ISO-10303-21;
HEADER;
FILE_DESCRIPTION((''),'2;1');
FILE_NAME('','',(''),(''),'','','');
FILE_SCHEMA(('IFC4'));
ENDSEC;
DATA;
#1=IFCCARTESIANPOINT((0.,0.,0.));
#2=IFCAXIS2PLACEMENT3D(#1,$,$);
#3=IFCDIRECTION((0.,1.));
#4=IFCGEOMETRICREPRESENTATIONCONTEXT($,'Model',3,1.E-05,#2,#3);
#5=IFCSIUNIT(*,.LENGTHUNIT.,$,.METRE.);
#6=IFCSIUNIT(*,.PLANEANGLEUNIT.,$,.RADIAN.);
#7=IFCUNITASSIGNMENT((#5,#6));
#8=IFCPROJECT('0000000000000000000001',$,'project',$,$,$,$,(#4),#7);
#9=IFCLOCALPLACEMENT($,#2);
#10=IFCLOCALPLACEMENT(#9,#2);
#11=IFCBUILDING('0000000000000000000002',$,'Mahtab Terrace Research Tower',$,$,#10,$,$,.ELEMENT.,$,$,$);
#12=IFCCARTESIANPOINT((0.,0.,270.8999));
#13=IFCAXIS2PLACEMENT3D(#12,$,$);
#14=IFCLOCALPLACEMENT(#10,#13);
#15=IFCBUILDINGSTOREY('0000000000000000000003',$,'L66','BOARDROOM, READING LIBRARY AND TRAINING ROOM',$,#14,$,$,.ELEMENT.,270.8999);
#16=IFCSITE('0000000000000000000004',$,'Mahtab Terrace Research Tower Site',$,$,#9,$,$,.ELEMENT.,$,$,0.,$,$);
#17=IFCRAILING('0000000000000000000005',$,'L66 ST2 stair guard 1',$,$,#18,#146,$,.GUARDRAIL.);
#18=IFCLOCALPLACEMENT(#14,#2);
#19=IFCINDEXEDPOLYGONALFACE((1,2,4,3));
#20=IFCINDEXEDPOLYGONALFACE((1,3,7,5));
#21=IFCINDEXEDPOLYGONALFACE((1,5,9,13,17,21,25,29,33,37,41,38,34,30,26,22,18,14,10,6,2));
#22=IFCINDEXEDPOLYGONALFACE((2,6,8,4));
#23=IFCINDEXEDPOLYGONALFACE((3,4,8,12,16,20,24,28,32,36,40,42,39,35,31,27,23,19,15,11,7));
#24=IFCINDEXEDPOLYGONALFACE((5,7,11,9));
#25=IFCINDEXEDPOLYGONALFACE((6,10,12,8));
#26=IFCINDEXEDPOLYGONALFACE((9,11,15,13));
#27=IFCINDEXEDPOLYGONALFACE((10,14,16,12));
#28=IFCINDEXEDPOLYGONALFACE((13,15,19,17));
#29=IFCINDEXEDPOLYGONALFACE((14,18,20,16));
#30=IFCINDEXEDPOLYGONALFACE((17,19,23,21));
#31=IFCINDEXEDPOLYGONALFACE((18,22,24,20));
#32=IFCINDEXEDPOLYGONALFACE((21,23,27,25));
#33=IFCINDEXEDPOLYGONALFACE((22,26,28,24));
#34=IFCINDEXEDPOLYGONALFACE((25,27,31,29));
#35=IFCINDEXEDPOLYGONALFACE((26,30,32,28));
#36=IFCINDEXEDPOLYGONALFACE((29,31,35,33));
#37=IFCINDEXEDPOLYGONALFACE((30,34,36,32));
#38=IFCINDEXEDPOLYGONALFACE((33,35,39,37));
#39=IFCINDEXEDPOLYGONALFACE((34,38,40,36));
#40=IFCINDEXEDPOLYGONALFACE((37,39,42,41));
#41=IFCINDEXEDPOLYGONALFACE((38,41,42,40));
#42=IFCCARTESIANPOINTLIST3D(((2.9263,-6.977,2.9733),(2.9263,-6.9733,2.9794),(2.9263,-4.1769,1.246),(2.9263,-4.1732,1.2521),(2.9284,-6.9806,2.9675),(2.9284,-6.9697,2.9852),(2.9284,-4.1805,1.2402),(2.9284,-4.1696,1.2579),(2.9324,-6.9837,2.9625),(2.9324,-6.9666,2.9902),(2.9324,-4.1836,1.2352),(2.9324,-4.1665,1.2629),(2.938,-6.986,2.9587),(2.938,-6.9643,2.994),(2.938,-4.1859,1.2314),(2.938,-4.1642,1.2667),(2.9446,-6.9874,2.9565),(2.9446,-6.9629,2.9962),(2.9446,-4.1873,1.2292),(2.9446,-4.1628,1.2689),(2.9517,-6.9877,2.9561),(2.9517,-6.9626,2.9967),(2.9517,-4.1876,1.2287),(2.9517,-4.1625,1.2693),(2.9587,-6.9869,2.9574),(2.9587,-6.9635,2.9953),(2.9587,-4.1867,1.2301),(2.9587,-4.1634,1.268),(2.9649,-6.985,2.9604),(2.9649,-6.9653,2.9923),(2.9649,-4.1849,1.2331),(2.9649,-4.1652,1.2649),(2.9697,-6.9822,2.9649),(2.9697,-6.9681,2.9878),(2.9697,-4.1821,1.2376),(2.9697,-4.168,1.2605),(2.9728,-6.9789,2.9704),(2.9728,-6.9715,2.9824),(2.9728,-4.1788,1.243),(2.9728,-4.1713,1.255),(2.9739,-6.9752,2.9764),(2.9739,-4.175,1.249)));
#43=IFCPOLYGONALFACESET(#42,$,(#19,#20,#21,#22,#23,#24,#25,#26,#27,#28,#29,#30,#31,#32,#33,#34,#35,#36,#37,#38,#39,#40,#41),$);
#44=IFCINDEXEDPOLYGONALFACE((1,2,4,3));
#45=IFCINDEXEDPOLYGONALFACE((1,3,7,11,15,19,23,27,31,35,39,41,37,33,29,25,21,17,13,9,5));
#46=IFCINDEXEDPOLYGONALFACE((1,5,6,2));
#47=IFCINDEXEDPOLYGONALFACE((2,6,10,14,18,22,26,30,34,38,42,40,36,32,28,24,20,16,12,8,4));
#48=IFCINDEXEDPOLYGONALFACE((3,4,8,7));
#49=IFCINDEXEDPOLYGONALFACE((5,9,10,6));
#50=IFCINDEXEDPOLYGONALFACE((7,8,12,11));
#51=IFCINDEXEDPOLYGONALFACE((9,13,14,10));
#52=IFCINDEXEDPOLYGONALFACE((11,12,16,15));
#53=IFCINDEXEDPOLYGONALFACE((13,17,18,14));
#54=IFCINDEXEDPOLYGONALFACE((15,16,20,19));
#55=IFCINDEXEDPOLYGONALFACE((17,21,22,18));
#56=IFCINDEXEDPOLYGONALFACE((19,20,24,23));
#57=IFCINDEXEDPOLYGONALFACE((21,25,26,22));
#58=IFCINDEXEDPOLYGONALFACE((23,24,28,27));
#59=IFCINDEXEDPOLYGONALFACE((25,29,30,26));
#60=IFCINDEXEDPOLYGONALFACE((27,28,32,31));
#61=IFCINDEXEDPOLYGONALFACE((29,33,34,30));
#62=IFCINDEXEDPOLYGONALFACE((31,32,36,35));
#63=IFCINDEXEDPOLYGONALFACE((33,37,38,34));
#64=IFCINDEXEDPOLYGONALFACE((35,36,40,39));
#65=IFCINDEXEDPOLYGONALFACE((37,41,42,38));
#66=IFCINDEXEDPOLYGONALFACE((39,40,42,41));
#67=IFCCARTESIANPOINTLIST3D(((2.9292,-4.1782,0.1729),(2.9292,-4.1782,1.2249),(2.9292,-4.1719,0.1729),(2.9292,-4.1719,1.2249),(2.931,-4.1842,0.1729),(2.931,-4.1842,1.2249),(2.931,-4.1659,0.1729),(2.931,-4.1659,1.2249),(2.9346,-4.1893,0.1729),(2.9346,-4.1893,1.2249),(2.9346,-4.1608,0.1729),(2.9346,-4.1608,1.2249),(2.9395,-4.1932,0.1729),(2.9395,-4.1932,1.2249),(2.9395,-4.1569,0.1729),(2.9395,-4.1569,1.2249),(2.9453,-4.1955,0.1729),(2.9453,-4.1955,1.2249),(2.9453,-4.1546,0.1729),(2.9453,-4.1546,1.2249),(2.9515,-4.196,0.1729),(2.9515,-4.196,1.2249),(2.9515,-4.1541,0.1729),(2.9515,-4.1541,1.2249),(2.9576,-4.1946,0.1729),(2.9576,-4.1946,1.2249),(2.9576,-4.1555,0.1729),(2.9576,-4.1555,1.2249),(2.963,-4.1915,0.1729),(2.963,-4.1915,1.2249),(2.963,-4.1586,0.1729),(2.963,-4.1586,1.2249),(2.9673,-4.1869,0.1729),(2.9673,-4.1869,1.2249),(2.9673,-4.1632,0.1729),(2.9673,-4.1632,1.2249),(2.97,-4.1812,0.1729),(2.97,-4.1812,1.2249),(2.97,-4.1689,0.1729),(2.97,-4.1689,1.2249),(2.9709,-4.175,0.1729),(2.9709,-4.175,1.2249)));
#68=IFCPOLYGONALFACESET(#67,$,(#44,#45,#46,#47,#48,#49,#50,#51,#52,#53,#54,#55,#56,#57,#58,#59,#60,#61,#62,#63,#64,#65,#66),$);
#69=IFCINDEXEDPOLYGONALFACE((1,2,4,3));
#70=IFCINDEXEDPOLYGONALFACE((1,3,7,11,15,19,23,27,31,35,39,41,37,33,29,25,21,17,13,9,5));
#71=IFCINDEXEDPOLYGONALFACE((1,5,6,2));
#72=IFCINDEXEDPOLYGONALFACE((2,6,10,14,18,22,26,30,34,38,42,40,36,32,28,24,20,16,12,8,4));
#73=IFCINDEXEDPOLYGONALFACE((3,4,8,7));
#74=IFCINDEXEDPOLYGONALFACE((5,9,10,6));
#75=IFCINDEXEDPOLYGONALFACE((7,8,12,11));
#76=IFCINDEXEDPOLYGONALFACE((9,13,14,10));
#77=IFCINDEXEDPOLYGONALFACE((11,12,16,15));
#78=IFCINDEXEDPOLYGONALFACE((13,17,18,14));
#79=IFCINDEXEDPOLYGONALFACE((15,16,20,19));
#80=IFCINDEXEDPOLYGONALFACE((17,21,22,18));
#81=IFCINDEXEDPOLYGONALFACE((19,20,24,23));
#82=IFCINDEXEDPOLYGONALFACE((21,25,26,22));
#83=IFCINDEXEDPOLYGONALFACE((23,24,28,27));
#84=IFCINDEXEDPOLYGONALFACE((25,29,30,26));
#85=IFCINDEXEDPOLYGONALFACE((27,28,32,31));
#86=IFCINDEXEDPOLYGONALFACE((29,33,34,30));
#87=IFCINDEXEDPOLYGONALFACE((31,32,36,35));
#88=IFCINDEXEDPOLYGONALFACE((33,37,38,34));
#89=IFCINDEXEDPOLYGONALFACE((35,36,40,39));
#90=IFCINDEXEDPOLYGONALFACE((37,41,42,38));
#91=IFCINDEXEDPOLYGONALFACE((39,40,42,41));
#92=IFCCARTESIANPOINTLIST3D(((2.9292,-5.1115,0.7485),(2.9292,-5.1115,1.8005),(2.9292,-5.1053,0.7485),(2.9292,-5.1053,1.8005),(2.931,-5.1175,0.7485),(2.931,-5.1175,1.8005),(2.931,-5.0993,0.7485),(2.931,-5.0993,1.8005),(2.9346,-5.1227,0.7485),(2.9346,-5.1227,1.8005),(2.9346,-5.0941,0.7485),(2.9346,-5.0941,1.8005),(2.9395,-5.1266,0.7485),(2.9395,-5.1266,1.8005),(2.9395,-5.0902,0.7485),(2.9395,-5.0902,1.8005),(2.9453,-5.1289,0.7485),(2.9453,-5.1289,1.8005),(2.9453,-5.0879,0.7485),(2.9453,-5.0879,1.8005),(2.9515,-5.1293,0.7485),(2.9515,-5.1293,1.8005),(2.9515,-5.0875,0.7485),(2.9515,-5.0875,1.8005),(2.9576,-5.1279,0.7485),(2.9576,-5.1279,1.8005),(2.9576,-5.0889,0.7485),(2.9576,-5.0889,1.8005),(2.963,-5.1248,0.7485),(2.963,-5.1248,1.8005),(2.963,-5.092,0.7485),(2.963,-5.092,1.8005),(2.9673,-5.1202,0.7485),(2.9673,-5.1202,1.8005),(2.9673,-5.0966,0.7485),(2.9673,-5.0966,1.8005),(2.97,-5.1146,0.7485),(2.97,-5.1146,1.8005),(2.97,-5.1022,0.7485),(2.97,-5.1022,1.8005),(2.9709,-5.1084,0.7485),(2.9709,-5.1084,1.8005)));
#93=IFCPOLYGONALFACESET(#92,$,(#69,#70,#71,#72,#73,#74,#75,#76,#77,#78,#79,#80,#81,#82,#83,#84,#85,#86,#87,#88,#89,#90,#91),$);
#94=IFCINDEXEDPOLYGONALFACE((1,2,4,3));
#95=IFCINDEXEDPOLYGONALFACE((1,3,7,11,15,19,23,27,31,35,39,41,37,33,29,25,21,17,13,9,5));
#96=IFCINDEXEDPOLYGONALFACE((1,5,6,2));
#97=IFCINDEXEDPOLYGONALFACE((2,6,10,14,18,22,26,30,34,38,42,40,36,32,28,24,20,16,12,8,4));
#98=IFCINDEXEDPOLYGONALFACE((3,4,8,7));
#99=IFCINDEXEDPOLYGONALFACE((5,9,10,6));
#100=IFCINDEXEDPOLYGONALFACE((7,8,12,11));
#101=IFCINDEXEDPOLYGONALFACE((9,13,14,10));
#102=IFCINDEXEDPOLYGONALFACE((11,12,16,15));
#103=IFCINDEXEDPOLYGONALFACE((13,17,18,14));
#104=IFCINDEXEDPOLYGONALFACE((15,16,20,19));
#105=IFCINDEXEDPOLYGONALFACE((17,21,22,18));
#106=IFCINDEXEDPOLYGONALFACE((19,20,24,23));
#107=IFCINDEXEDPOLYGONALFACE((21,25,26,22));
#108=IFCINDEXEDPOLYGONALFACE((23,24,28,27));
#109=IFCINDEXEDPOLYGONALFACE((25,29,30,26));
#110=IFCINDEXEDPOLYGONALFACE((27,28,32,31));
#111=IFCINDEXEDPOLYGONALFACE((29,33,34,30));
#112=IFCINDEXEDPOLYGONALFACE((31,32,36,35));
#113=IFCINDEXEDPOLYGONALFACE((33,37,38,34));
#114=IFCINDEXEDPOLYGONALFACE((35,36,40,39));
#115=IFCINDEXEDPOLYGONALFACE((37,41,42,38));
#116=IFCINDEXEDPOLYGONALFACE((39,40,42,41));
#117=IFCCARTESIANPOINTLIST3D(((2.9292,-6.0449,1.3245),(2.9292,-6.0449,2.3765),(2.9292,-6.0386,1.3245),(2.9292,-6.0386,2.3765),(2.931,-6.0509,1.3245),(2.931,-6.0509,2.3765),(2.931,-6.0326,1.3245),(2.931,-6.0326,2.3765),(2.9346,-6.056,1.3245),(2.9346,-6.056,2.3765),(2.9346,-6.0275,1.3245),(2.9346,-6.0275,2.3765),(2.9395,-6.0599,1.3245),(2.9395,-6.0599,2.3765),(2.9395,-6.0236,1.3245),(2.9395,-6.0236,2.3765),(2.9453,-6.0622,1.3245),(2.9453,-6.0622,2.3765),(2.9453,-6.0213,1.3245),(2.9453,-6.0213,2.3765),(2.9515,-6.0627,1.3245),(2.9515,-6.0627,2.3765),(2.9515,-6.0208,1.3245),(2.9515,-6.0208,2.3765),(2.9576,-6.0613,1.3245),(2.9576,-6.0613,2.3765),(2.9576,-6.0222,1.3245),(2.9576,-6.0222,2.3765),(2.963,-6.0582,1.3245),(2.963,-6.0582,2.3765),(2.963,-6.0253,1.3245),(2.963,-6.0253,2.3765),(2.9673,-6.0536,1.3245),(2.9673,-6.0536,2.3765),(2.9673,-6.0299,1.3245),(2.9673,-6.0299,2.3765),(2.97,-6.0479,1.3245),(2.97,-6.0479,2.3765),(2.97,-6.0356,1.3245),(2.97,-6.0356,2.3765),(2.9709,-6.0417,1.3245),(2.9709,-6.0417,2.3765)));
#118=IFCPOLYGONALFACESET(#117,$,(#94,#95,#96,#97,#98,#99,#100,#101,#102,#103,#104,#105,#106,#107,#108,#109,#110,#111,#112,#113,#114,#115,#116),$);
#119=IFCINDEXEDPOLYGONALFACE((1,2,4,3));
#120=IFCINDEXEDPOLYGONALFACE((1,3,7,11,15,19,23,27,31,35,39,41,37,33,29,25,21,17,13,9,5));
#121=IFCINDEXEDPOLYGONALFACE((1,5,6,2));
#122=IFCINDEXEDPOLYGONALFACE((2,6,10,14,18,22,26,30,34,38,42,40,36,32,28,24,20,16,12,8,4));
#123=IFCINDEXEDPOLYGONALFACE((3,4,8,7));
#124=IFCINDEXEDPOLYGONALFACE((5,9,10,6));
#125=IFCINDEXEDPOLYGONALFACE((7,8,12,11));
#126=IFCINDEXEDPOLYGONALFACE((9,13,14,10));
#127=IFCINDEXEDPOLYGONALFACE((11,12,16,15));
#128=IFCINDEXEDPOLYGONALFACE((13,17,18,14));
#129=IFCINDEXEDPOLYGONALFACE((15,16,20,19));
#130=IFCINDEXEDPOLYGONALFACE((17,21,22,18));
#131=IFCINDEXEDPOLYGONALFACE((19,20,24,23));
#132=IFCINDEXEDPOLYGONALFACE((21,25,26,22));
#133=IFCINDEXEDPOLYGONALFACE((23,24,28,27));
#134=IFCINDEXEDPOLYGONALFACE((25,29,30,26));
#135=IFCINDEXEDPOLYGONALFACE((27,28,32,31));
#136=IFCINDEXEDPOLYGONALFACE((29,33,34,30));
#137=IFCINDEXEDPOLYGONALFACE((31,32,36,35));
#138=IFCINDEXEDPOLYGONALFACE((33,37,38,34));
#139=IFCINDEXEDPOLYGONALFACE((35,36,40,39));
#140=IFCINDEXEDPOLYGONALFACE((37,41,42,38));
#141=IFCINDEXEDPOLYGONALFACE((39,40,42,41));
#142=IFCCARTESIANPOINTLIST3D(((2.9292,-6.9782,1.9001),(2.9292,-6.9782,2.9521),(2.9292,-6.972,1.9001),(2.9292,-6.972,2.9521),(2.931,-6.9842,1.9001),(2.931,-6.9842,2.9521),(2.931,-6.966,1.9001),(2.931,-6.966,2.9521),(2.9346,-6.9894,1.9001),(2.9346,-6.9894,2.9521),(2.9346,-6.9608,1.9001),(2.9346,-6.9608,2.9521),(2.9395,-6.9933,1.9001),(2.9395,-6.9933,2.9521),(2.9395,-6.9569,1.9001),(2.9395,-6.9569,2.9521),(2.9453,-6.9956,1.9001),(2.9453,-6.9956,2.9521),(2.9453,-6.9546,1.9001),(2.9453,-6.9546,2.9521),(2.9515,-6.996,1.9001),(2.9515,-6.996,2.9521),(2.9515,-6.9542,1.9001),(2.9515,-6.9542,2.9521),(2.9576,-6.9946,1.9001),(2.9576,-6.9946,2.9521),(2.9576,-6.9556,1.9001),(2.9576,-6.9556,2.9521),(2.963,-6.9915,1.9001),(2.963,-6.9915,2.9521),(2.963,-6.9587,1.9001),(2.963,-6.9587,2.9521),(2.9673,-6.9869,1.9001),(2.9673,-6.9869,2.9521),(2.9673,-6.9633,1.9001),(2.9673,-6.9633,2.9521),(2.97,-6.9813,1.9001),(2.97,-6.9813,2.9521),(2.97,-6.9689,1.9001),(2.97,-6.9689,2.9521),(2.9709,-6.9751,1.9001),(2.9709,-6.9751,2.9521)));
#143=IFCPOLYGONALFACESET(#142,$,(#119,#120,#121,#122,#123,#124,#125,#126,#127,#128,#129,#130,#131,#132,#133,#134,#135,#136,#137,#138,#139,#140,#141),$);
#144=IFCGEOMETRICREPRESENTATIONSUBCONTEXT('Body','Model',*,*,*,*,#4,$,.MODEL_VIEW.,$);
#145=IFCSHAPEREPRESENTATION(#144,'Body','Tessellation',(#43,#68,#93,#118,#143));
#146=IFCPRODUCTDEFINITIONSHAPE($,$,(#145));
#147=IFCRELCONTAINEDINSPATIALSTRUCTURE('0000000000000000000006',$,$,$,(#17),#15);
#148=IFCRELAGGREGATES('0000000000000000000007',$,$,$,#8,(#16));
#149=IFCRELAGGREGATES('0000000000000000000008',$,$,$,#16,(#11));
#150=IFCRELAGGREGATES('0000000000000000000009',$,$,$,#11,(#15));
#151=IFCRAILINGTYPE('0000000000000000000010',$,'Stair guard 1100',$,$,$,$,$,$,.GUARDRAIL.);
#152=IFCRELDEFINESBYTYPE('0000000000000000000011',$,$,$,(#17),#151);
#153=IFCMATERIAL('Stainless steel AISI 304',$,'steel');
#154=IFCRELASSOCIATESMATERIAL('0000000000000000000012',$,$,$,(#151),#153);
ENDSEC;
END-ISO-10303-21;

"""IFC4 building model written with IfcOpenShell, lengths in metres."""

from ifc_helpers import new_model, si_unit, direction, frame, origin, origin_2d, place, context, subcontext, project, spatial, circle, extrude, material, type_object, element, save


model = new_model("IFC4")

# Units and contexts
model_context = context("Model", 3, precision=1e-05, world=origin(), true_north=direction((0.0, 1.0)))
body_context = subcontext(model_context, "Body", "Model", "MODEL_VIEW")
ifc_project = project(units=[si_unit("LENGTHUNIT", "METRE"), si_unit("PLANEANGLEUNIT", "RADIAN")], contexts=[model_context])

# Site, building, storey
site_placement = place(None, origin())
site = spatial("IfcSite", under=ifc_project, at=site_placement, Name="Mahtab Terrace Research Tower Site", CompositionType="ELEMENT", RefElevation=0.0)
building_placement = place(site_placement, origin())
building = spatial("IfcBuilding", under=site, at=building_placement, Name="Mahtab Terrace Research Tower", CompositionType="ELEMENT")
storey_placement = place(building_placement, frame((0.0, 0.0, 270.8999)))
storey = spatial("IfcBuildingStorey", under=building, at=storey_placement, Name="L66", Description="BOARDROOM, READING LIBRARY AND TRAINING ROOM", CompositionType="ELEMENT", Elevation=270.8999)

# Railing
ifc_material_1 = material(Name="Stainless steel AISI 304", Category="steel")
railing_type_1 = type_object("IfcRailingType", Name="Stair guard 1100", PredefinedType="GUARDRAIL", material=ifc_material_1)
railing_1_placement = place(storey_placement, frame((2.95, -4.175, 0.1729)))
element("IfcRailing", 1, at=railing_1_placement, inside=storey, type_object=railing_type_1, Name="L66 ST2 stair guard 1", PredefinedType="GUARDRAIL", context=body_context, shape_type="SweptSolid", body=[
    extrude(circle(Radius=0.0239, at=origin_2d()), frame((0.0, 0.0, 1.0762), z_axis=(0.0, -0.85109, 0.52502), x_axis=(1.0, 0.0, 0.0)), (0.0, 0.0, 1.0), 3.29),
    extrude(circle(Radius=0.021, at=origin_2d()), origin(), (0.0, 0.0, 1.0), 1.052),
    extrude(circle(Radius=0.021, at=origin_2d()), frame((0.0, -0.9333, 0.5757)), (0.0, 0.0, 1.0), 1.052),
    extrude(circle(Radius=0.021, at=origin_2d()), frame((0.0, -1.8667, 1.1516)), (0.0, 0.0, 1.0), 1.052),
    extrude(circle(Radius=0.021, at=origin_2d()), frame((0.0, -2.8, 1.7273)), (0.0, 0.0, 1.0), 1.052),
])

save(model, "model.ifc")
